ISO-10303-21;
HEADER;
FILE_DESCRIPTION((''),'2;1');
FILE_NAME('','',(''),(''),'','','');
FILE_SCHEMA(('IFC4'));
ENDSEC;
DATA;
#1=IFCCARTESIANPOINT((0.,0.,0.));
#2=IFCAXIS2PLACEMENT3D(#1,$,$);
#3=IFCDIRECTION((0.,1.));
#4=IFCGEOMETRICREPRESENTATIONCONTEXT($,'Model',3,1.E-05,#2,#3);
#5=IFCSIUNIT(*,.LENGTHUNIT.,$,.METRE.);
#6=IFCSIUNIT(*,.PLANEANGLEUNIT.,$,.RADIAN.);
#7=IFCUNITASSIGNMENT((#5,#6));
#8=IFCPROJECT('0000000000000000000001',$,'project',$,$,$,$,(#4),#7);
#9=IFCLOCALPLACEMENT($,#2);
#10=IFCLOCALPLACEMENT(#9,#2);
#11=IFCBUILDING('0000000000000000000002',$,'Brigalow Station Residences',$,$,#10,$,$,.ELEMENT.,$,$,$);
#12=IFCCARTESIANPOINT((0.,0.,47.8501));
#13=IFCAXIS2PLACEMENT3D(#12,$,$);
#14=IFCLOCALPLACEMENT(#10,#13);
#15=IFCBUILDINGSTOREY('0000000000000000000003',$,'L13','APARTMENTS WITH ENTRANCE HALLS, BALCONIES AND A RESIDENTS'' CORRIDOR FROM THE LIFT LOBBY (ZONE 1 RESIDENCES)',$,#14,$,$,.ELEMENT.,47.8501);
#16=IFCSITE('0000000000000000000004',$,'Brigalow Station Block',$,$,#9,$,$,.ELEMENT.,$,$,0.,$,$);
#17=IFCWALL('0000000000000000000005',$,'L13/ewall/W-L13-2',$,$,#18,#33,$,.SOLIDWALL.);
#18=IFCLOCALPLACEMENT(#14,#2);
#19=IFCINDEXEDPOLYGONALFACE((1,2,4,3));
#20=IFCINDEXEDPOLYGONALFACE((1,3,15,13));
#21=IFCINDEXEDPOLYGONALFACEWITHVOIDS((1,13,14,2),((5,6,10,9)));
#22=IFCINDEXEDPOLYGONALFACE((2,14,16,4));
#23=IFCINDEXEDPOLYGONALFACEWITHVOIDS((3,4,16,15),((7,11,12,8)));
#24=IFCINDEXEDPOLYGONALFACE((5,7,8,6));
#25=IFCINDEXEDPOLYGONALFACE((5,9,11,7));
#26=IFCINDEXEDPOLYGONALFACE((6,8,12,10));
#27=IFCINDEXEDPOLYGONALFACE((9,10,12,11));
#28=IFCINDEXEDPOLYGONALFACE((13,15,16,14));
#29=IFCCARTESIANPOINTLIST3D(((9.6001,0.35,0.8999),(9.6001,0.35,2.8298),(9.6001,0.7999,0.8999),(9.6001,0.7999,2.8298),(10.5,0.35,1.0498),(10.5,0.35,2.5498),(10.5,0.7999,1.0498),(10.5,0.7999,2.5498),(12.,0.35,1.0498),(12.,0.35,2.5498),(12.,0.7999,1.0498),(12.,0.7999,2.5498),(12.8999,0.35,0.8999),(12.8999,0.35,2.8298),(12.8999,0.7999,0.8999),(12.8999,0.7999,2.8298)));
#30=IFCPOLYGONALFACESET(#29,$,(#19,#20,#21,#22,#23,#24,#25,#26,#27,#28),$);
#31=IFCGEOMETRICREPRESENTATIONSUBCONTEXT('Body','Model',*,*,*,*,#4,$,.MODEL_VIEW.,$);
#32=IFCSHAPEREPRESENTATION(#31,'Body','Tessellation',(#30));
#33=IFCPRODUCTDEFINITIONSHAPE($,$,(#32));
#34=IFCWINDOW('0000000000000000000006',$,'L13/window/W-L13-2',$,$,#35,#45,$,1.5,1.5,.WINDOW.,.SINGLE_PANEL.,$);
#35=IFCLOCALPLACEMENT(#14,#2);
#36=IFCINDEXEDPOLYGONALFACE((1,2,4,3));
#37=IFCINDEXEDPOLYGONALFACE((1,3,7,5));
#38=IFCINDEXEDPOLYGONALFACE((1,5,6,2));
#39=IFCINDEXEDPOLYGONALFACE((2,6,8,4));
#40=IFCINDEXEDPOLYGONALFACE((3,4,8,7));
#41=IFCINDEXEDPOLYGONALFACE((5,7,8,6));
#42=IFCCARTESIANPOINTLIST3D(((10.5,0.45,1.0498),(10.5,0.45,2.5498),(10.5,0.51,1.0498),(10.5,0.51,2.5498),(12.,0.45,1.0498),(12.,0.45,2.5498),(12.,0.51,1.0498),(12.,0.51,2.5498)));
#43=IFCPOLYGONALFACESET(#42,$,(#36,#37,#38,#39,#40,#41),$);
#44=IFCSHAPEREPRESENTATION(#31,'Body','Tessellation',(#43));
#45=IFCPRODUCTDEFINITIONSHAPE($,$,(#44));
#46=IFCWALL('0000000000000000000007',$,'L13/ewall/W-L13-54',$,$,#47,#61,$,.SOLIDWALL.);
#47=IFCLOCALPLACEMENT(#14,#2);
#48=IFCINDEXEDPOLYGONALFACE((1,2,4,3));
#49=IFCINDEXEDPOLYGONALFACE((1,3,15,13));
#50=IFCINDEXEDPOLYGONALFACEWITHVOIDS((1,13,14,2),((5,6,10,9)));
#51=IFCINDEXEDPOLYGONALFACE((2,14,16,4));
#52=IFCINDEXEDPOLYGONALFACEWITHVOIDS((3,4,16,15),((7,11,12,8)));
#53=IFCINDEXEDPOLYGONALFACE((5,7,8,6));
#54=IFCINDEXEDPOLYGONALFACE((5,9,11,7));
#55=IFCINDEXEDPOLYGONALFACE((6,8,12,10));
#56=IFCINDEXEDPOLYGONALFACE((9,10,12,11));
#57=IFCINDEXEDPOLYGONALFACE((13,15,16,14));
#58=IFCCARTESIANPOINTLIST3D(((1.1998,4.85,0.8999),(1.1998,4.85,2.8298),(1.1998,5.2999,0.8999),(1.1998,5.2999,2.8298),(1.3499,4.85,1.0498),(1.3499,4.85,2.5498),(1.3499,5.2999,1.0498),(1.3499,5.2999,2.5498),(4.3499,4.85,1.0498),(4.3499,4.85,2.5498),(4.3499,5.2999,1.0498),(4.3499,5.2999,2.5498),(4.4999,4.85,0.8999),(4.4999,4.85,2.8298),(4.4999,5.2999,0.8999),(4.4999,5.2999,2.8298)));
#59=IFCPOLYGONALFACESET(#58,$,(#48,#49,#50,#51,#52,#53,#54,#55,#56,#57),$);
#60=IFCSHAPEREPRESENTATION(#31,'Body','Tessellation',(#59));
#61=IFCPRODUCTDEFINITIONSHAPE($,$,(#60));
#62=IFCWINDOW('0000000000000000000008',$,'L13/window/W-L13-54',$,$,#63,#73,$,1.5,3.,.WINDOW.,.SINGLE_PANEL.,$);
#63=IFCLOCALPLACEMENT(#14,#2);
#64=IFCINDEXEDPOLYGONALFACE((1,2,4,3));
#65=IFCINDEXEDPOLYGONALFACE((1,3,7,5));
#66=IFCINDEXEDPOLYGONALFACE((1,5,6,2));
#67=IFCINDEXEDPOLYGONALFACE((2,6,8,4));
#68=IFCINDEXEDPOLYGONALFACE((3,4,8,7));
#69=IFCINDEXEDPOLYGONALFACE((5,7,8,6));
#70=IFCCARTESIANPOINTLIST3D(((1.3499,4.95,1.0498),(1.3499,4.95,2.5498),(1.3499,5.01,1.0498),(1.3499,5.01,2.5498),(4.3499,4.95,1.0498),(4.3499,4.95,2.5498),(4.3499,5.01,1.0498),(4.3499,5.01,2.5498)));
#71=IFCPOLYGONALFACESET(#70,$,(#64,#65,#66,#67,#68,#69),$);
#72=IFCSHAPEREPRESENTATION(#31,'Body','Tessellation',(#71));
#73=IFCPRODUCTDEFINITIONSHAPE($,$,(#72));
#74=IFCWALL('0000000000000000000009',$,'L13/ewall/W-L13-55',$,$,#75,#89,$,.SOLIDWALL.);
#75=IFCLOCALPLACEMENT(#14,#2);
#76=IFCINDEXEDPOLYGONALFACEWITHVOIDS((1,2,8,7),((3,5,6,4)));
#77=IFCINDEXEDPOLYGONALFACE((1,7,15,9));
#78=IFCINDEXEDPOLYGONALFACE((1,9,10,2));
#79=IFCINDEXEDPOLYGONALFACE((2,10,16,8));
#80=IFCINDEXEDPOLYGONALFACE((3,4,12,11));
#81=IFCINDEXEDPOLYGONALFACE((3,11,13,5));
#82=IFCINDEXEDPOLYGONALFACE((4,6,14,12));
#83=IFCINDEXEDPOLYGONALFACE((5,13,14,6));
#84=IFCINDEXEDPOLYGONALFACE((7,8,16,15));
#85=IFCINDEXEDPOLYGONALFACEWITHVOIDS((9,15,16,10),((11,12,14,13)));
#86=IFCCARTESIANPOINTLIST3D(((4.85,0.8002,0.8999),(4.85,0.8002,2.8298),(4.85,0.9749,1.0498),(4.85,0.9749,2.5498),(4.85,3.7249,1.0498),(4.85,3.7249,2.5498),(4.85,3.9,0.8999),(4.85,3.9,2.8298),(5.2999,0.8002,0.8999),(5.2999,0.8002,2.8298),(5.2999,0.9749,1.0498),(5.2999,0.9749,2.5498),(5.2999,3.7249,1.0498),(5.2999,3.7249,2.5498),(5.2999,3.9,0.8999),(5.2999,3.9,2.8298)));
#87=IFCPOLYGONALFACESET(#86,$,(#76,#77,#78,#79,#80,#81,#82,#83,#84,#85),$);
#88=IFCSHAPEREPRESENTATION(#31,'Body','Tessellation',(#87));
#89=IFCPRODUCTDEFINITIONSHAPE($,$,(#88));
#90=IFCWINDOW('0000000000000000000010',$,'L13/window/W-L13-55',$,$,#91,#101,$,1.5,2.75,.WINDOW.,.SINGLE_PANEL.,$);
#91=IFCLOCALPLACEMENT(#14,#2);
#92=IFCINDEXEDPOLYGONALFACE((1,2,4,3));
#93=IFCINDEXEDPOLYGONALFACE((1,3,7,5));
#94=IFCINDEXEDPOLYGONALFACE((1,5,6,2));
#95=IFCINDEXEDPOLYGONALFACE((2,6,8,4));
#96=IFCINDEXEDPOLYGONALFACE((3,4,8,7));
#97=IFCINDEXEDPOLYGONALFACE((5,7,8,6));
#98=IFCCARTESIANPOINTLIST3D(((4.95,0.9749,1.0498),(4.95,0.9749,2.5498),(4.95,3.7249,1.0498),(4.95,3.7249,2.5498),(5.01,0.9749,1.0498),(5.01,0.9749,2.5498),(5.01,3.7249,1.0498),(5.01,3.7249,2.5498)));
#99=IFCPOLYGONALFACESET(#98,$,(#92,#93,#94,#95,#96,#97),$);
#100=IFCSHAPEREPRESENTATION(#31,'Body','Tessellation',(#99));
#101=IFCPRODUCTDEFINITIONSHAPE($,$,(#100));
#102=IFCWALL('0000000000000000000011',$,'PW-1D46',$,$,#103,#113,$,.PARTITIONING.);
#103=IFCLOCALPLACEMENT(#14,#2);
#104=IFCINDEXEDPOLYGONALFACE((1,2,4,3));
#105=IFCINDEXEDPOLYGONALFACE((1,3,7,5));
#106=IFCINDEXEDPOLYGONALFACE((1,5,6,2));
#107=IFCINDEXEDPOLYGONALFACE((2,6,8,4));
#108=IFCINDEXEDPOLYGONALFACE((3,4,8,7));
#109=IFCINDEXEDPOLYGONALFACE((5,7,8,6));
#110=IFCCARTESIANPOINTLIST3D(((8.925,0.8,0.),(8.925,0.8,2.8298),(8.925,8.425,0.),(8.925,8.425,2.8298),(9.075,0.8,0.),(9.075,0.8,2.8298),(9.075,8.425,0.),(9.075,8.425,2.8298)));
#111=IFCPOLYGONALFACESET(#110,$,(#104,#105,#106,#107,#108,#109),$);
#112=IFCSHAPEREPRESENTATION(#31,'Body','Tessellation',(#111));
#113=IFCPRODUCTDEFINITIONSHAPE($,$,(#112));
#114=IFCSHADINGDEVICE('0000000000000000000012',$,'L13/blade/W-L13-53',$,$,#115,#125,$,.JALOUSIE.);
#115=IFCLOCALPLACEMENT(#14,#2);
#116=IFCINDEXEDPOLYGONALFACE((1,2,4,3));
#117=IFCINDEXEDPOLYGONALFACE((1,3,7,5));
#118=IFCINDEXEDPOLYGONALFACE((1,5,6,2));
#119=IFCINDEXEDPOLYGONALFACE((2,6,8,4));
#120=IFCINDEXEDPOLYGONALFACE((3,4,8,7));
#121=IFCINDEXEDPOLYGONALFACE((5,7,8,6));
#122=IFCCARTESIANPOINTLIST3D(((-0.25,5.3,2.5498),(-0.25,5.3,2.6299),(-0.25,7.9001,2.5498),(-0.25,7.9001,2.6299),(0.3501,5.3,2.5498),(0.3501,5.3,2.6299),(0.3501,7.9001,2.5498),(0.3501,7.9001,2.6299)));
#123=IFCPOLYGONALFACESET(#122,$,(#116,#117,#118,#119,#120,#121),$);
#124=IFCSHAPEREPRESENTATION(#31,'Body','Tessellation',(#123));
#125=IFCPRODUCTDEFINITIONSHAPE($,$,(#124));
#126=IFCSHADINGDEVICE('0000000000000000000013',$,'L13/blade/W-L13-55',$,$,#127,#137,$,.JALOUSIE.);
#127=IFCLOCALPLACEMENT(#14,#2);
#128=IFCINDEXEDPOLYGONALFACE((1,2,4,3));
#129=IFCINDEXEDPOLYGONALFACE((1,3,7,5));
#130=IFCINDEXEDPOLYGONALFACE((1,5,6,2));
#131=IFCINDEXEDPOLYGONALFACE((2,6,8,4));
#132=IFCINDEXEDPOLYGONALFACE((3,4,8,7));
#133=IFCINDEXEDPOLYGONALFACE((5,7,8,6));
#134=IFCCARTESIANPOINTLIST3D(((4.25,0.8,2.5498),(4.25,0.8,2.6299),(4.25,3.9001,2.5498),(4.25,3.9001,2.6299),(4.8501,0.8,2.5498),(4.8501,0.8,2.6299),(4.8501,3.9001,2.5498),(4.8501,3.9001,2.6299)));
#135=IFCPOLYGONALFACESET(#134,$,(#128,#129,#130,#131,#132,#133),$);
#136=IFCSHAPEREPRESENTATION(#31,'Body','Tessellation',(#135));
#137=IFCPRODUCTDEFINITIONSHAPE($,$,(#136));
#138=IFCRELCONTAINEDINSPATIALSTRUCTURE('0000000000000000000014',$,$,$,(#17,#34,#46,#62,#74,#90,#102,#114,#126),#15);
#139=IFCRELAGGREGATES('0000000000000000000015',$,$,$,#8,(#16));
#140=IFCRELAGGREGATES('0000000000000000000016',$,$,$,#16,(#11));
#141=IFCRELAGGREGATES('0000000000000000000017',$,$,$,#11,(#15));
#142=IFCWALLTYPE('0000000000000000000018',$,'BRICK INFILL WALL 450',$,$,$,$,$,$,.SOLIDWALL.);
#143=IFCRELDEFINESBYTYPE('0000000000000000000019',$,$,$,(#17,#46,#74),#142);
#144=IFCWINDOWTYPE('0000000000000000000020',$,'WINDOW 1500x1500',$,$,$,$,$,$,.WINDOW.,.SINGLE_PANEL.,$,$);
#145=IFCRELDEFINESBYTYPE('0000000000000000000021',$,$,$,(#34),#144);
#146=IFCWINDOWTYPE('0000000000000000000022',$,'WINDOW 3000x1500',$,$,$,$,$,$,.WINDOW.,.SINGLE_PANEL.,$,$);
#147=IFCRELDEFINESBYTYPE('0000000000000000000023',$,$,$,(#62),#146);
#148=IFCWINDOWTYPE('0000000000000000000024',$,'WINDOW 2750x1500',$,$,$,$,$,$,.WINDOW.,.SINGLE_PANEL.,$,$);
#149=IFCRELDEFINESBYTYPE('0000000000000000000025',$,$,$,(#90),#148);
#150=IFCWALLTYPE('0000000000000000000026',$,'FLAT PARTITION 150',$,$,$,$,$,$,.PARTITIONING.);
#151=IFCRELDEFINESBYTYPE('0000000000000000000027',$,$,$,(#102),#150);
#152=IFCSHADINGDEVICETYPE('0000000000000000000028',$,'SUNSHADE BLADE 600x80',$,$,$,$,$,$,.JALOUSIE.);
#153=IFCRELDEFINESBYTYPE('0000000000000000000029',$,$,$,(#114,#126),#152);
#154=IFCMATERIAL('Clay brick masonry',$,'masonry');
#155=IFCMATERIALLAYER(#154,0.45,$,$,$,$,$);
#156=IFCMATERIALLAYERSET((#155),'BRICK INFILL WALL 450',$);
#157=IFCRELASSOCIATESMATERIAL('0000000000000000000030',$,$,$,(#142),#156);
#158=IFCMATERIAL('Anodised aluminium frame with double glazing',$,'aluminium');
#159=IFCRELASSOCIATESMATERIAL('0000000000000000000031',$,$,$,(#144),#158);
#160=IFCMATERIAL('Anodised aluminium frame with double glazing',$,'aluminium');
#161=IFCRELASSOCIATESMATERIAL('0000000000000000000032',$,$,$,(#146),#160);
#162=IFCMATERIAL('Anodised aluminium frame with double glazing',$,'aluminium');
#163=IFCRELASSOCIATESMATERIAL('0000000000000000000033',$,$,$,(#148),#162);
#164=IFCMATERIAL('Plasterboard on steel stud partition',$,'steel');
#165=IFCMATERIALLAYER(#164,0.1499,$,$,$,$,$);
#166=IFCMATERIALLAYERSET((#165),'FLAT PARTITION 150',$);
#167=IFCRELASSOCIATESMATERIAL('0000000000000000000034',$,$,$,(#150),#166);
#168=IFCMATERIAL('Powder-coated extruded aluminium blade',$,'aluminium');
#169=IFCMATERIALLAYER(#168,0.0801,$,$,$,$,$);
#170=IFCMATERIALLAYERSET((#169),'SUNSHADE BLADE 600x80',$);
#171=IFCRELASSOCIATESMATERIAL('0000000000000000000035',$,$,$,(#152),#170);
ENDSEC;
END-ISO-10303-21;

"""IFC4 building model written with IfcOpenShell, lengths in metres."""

from ifc_helpers import new_model, si_unit, direction, frame, frame_2d, origin, origin_2d, place, context, subcontext, project, spatial, rectangle, extrude, material, layer, layer_set, type_object, element, fill, save


model = new_model("IFC4")

# Units and contexts
model_context = context("Model", 3, precision=1e-05, world=origin(), true_north=direction((0.0, 1.0)))
body_context = subcontext(model_context, "Body", "Model", "MODEL_VIEW")
ifc_project = project(units=[si_unit("LENGTHUNIT", "METRE"), si_unit("PLANEANGLEUNIT", "RADIAN")], contexts=[model_context])

# Site, building, storey
site_placement = place(None, origin())
site = spatial("IfcSite", under=ifc_project, at=site_placement, Name="Brigalow Station Block", CompositionType="ELEMENT", RefElevation=0.0)
building_placement = place(site_placement, origin())
building = spatial("IfcBuilding", under=site, at=building_placement, Name="Brigalow Station Residences", CompositionType="ELEMENT")
storey_placement = place(building_placement, frame((0.0, 0.0, 47.8501)))
storey = spatial("IfcBuildingStorey", under=building, at=storey_placement, Name="L13", Description="APARTMENTS WITH ENTRANCE HALLS, BALCONIES AND A RESIDENTS' CORRIDOR FROM THE LIFT LOBBY (ZONE 1 RESIDENCES)", CompositionType="ELEMENT", Elevation=47.8501)

# Walls, openings, windows
ifc_material_1 = material(Name="Clay brick masonry", Category="masonry")
ifc_layer_1 = layer(ifc_material_1, 0.45)
ifc_layer_set_1 = layer_set([ifc_layer_1], Name="BRICK INFILL WALL 450")
wall_type_1 = type_object("IfcWallType", Name="BRICK INFILL WALL 450", PredefinedType="SOLIDWALL", material=ifc_layer_set_1)
ifc_material_2 = material(Name="Anodised aluminium frame with double glazing", Category="aluminium")
window_type_1 = type_object("IfcWindowType", Name="WINDOW 1500x1500", PartitioningType="SINGLE_PANEL", PredefinedType="WINDOW", material=ifc_material_2)
wall_1_placement = place(storey_placement, frame((9.6001, 0.575, 0.8999), z_axis=(0.0, 0.0, 1.0), x_axis=(1.0, 0.0, 0.0)))
wall_1 = element("IfcWall", 1, at=wall_1_placement, inside=storey, type_object=wall_type_1, Name="L13/ewall/W-L13-2", PredefinedType="SOLIDWALL", context=body_context, shape_type="SweptSolid", body=[
    extrude(rectangle(XDim=3.2998, YDim=0.45, at=frame_2d((1.6499, 0.0))), origin(), (0.0, 0.0, 1.0), 1.9299),
])
opening_1_placement = place(wall_1_placement, frame((0.8999, 0.0, 0.1499)))
opening_1 = element("IfcOpeningElement", 2, at=opening_1_placement, cuts=wall_1, PredefinedType="OPENING", context=body_context, shape_type="SweptSolid", body=[
    extrude(rectangle(XDim=1.5, YDim=1.5, at=frame_2d((0.75, 0.75))), frame((0.0, 0.2349, 0.0), z_axis=(0.0, -1.0, 0.0), x_axis=(1.0, 0.0, 0.0)), (0.0, 0.0, 1.0), 0.47),
])
window_1_placement = place(opening_1_placement, origin())
window_1 = element("IfcWindow", 3, at=window_1_placement, inside=storey, type_object=window_type_1, Name="L13/window/W-L13-2", OverallHeight=1.5, OverallWidth=1.5, PartitioningType="SINGLE_PANEL", PredefinedType="WINDOW", context=body_context, shape_type="SweptSolid", body=[
    extrude(rectangle(XDim=1.5, YDim=1.5, at=frame_2d((0.75, 0.75))), frame((0.0, -0.0649, 0.0), z_axis=(0.0, -1.0, 0.0), x_axis=(1.0, 0.0, 0.0)), (0.0, 0.0, 1.0), 0.0601),
])
fill(opening_1, window_1)
wall_2_placement = place(storey_placement, frame((1.2, 5.075, 0.8999), z_axis=(0.0, 0.0, 1.0), x_axis=(1.0, 0.0, 0.0)))
wall_2 = element("IfcWall", 4, at=wall_2_placement, inside=storey, type_object=wall_type_1, Name="L13/ewall/W-L13-54", PredefinedType="SOLIDWALL", context=body_context, shape_type="SweptSolid", body=[
    extrude(rectangle(XDim=3.3, YDim=0.45, at=frame_2d((1.6499, 0.0))), origin(), (0.0, 0.0, 1.0), 1.9299),
])
opening_2_placement = place(wall_2_placement, frame((0.1499, 0.0, 0.1499)))
opening_2 = element("IfcOpeningElement", 5, at=opening_2_placement, cuts=wall_2, PredefinedType="OPENING", context=body_context, shape_type="SweptSolid", body=[
    extrude(rectangle(XDim=3.0, YDim=1.5, at=frame_2d((1.5, 0.75))), frame((0.0, 0.2349, 0.0), z_axis=(0.0, -1.0, 0.0), x_axis=(1.0, 0.0, 0.0)), (0.0, 0.0, 1.0), 0.47),
])
ifc_material_3 = material(Name="Anodised aluminium frame with double glazing", Category="aluminium")
window_type_2 = type_object("IfcWindowType", Name="WINDOW 3000x1500", PartitioningType="SINGLE_PANEL", PredefinedType="WINDOW", material=ifc_material_3)
window_2_placement = place(opening_2_placement, origin())
window_2 = element("IfcWindow", 6, at=window_2_placement, inside=storey, type_object=window_type_2, Name="L13/window/W-L13-54", OverallHeight=1.5, OverallWidth=3.0, PartitioningType="SINGLE_PANEL", PredefinedType="WINDOW", context=body_context, shape_type="SweptSolid", body=[
    extrude(rectangle(XDim=3.0, YDim=1.5, at=frame_2d((1.5, 0.75))), frame((0.0, -0.0649, 0.0), z_axis=(0.0, -1.0, 0.0), x_axis=(1.0, 0.0, 0.0)), (0.0, 0.0, 1.0), 0.0601),
])
fill(opening_2, window_2)
wall_3_placement = place(storey_placement, frame((5.075, 3.8999, 0.8999), z_axis=(0.0, 0.0, 1.0), x_axis=(0.0, -1.0, 0.0)))
wall_3 = element("IfcWall", 7, at=wall_3_placement, inside=storey, type_object=wall_type_1, Name="L13/ewall/W-L13-55", PredefinedType="SOLIDWALL", context=body_context, shape_type="SweptSolid", body=[
    extrude(rectangle(XDim=3.0999, YDim=0.45, at=frame_2d((1.5498, 0.0))), origin(), (0.0, 0.0, 1.0), 1.9299),
])
opening_3_placement = place(wall_3_placement, frame((0.175, 0.0, 0.1499)))
opening_3 = element("IfcOpeningElement", 8, at=opening_3_placement, cuts=wall_3, PredefinedType="OPENING", context=body_context, shape_type="SweptSolid", body=[
    extrude(rectangle(XDim=2.75, YDim=1.5, at=frame_2d((1.375, 0.75))), frame((0.0, 0.2349, 0.0), z_axis=(0.0, -1.0, 0.0), x_axis=(1.0, 0.0, 0.0)), (0.0, 0.0, 1.0), 0.47),
])
ifc_material_4 = material(Name="Anodised aluminium frame with double glazing", Category="aluminium")
window_type_3 = type_object("IfcWindowType", Name="WINDOW 2750x1500", PartitioningType="SINGLE_PANEL", PredefinedType="WINDOW", material=ifc_material_4)
window_3_placement = place(opening_3_placement, origin())
window_3 = element("IfcWindow", 9, at=window_3_placement, inside=storey, type_object=window_type_3, Name="L13/window/W-L13-55", OverallHeight=1.5, OverallWidth=2.75, PartitioningType="SINGLE_PANEL", PredefinedType="WINDOW", context=body_context, shape_type="SweptSolid", body=[
    extrude(rectangle(XDim=2.75, YDim=1.5, at=frame_2d((1.375, 0.75))), frame((0.0, -0.0649, 0.0), z_axis=(0.0, -1.0, 0.0), x_axis=(1.0, 0.0, 0.0)), (0.0, 0.0, 1.0), 0.0601),
])
fill(opening_3, window_3)

# Wall
ifc_material_5 = material(Name="Plasterboard on steel stud partition", Category="steel")
ifc_layer_2 = layer(ifc_material_5, 0.1499)
ifc_layer_set_2 = layer_set([ifc_layer_2], Name="FLAT PARTITION 150")
wall_type_2 = type_object("IfcWallType", Name="FLAT PARTITION 150", PredefinedType="PARTITIONING", material=ifc_layer_set_2)
wall_4_placement = place(storey_placement, frame((9.0, 0.8, 0.0), z_axis=(0.0, 0.0, 1.0), x_axis=(0.0, 1.0, 0.0)))
element("IfcWall", 10, at=wall_4_placement, inside=storey, type_object=wall_type_2, Name="PW-1D46", PredefinedType="PARTITIONING", context=body_context, shape_type="SweptSolid", body=[
    extrude(rectangle(XDim=7.625, YDim=0.1499, at=frame_2d((3.8125, 0.0))), origin(), (0.0, 0.0, 1.0), 2.8298),
])

# Shading devices
ifc_material_6 = material(Name="Powder-coated extruded aluminium blade", Category="aluminium")
ifc_layer_3 = layer(ifc_material_6, 0.0801)
ifc_layer_set_3 = layer_set([ifc_layer_3], Name="SUNSHADE BLADE 600x80")
shading_device_type = type_object("IfcShadingDeviceType", Name="SUNSHADE BLADE 600x80", PredefinedType="JALOUSIE", material=ifc_layer_set_3)
shading_device_1_placement = place(storey_placement, frame((0.05, 6.6001, 2.5498), z_axis=(0.0, 0.0, 1.0), x_axis=(0.0, -1.0, 0.0)))
element("IfcShadingDevice", 11, at=shading_device_1_placement, inside=storey, type_object=shading_device_type, Name="L13/blade/W-L13-53", PredefinedType="JALOUSIE", context=body_context, shape_type="SweptSolid", body=[
    extrude(rectangle(XDim=2.6001, YDim=0.6001, at=origin_2d()), origin(), (0.0, 0.0, 1.0), 0.0801),
])
shading_device_2_placement = place(storey_placement, frame((4.55, 2.3501, 2.5498), z_axis=(0.0, 0.0, 1.0), x_axis=(0.0, -1.0, 0.0)))
element("IfcShadingDevice", 12, at=shading_device_2_placement, inside=storey, type_object=shading_device_type, Name="L13/blade/W-L13-55", PredefinedType="JALOUSIE", context=body_context, shape_type="SweptSolid", body=[
    extrude(rectangle(XDim=3.1001, YDim=0.6001, at=origin_2d()), origin(), (0.0, 0.0, 1.0), 0.0801),
])

save(model, "model.ifc")
